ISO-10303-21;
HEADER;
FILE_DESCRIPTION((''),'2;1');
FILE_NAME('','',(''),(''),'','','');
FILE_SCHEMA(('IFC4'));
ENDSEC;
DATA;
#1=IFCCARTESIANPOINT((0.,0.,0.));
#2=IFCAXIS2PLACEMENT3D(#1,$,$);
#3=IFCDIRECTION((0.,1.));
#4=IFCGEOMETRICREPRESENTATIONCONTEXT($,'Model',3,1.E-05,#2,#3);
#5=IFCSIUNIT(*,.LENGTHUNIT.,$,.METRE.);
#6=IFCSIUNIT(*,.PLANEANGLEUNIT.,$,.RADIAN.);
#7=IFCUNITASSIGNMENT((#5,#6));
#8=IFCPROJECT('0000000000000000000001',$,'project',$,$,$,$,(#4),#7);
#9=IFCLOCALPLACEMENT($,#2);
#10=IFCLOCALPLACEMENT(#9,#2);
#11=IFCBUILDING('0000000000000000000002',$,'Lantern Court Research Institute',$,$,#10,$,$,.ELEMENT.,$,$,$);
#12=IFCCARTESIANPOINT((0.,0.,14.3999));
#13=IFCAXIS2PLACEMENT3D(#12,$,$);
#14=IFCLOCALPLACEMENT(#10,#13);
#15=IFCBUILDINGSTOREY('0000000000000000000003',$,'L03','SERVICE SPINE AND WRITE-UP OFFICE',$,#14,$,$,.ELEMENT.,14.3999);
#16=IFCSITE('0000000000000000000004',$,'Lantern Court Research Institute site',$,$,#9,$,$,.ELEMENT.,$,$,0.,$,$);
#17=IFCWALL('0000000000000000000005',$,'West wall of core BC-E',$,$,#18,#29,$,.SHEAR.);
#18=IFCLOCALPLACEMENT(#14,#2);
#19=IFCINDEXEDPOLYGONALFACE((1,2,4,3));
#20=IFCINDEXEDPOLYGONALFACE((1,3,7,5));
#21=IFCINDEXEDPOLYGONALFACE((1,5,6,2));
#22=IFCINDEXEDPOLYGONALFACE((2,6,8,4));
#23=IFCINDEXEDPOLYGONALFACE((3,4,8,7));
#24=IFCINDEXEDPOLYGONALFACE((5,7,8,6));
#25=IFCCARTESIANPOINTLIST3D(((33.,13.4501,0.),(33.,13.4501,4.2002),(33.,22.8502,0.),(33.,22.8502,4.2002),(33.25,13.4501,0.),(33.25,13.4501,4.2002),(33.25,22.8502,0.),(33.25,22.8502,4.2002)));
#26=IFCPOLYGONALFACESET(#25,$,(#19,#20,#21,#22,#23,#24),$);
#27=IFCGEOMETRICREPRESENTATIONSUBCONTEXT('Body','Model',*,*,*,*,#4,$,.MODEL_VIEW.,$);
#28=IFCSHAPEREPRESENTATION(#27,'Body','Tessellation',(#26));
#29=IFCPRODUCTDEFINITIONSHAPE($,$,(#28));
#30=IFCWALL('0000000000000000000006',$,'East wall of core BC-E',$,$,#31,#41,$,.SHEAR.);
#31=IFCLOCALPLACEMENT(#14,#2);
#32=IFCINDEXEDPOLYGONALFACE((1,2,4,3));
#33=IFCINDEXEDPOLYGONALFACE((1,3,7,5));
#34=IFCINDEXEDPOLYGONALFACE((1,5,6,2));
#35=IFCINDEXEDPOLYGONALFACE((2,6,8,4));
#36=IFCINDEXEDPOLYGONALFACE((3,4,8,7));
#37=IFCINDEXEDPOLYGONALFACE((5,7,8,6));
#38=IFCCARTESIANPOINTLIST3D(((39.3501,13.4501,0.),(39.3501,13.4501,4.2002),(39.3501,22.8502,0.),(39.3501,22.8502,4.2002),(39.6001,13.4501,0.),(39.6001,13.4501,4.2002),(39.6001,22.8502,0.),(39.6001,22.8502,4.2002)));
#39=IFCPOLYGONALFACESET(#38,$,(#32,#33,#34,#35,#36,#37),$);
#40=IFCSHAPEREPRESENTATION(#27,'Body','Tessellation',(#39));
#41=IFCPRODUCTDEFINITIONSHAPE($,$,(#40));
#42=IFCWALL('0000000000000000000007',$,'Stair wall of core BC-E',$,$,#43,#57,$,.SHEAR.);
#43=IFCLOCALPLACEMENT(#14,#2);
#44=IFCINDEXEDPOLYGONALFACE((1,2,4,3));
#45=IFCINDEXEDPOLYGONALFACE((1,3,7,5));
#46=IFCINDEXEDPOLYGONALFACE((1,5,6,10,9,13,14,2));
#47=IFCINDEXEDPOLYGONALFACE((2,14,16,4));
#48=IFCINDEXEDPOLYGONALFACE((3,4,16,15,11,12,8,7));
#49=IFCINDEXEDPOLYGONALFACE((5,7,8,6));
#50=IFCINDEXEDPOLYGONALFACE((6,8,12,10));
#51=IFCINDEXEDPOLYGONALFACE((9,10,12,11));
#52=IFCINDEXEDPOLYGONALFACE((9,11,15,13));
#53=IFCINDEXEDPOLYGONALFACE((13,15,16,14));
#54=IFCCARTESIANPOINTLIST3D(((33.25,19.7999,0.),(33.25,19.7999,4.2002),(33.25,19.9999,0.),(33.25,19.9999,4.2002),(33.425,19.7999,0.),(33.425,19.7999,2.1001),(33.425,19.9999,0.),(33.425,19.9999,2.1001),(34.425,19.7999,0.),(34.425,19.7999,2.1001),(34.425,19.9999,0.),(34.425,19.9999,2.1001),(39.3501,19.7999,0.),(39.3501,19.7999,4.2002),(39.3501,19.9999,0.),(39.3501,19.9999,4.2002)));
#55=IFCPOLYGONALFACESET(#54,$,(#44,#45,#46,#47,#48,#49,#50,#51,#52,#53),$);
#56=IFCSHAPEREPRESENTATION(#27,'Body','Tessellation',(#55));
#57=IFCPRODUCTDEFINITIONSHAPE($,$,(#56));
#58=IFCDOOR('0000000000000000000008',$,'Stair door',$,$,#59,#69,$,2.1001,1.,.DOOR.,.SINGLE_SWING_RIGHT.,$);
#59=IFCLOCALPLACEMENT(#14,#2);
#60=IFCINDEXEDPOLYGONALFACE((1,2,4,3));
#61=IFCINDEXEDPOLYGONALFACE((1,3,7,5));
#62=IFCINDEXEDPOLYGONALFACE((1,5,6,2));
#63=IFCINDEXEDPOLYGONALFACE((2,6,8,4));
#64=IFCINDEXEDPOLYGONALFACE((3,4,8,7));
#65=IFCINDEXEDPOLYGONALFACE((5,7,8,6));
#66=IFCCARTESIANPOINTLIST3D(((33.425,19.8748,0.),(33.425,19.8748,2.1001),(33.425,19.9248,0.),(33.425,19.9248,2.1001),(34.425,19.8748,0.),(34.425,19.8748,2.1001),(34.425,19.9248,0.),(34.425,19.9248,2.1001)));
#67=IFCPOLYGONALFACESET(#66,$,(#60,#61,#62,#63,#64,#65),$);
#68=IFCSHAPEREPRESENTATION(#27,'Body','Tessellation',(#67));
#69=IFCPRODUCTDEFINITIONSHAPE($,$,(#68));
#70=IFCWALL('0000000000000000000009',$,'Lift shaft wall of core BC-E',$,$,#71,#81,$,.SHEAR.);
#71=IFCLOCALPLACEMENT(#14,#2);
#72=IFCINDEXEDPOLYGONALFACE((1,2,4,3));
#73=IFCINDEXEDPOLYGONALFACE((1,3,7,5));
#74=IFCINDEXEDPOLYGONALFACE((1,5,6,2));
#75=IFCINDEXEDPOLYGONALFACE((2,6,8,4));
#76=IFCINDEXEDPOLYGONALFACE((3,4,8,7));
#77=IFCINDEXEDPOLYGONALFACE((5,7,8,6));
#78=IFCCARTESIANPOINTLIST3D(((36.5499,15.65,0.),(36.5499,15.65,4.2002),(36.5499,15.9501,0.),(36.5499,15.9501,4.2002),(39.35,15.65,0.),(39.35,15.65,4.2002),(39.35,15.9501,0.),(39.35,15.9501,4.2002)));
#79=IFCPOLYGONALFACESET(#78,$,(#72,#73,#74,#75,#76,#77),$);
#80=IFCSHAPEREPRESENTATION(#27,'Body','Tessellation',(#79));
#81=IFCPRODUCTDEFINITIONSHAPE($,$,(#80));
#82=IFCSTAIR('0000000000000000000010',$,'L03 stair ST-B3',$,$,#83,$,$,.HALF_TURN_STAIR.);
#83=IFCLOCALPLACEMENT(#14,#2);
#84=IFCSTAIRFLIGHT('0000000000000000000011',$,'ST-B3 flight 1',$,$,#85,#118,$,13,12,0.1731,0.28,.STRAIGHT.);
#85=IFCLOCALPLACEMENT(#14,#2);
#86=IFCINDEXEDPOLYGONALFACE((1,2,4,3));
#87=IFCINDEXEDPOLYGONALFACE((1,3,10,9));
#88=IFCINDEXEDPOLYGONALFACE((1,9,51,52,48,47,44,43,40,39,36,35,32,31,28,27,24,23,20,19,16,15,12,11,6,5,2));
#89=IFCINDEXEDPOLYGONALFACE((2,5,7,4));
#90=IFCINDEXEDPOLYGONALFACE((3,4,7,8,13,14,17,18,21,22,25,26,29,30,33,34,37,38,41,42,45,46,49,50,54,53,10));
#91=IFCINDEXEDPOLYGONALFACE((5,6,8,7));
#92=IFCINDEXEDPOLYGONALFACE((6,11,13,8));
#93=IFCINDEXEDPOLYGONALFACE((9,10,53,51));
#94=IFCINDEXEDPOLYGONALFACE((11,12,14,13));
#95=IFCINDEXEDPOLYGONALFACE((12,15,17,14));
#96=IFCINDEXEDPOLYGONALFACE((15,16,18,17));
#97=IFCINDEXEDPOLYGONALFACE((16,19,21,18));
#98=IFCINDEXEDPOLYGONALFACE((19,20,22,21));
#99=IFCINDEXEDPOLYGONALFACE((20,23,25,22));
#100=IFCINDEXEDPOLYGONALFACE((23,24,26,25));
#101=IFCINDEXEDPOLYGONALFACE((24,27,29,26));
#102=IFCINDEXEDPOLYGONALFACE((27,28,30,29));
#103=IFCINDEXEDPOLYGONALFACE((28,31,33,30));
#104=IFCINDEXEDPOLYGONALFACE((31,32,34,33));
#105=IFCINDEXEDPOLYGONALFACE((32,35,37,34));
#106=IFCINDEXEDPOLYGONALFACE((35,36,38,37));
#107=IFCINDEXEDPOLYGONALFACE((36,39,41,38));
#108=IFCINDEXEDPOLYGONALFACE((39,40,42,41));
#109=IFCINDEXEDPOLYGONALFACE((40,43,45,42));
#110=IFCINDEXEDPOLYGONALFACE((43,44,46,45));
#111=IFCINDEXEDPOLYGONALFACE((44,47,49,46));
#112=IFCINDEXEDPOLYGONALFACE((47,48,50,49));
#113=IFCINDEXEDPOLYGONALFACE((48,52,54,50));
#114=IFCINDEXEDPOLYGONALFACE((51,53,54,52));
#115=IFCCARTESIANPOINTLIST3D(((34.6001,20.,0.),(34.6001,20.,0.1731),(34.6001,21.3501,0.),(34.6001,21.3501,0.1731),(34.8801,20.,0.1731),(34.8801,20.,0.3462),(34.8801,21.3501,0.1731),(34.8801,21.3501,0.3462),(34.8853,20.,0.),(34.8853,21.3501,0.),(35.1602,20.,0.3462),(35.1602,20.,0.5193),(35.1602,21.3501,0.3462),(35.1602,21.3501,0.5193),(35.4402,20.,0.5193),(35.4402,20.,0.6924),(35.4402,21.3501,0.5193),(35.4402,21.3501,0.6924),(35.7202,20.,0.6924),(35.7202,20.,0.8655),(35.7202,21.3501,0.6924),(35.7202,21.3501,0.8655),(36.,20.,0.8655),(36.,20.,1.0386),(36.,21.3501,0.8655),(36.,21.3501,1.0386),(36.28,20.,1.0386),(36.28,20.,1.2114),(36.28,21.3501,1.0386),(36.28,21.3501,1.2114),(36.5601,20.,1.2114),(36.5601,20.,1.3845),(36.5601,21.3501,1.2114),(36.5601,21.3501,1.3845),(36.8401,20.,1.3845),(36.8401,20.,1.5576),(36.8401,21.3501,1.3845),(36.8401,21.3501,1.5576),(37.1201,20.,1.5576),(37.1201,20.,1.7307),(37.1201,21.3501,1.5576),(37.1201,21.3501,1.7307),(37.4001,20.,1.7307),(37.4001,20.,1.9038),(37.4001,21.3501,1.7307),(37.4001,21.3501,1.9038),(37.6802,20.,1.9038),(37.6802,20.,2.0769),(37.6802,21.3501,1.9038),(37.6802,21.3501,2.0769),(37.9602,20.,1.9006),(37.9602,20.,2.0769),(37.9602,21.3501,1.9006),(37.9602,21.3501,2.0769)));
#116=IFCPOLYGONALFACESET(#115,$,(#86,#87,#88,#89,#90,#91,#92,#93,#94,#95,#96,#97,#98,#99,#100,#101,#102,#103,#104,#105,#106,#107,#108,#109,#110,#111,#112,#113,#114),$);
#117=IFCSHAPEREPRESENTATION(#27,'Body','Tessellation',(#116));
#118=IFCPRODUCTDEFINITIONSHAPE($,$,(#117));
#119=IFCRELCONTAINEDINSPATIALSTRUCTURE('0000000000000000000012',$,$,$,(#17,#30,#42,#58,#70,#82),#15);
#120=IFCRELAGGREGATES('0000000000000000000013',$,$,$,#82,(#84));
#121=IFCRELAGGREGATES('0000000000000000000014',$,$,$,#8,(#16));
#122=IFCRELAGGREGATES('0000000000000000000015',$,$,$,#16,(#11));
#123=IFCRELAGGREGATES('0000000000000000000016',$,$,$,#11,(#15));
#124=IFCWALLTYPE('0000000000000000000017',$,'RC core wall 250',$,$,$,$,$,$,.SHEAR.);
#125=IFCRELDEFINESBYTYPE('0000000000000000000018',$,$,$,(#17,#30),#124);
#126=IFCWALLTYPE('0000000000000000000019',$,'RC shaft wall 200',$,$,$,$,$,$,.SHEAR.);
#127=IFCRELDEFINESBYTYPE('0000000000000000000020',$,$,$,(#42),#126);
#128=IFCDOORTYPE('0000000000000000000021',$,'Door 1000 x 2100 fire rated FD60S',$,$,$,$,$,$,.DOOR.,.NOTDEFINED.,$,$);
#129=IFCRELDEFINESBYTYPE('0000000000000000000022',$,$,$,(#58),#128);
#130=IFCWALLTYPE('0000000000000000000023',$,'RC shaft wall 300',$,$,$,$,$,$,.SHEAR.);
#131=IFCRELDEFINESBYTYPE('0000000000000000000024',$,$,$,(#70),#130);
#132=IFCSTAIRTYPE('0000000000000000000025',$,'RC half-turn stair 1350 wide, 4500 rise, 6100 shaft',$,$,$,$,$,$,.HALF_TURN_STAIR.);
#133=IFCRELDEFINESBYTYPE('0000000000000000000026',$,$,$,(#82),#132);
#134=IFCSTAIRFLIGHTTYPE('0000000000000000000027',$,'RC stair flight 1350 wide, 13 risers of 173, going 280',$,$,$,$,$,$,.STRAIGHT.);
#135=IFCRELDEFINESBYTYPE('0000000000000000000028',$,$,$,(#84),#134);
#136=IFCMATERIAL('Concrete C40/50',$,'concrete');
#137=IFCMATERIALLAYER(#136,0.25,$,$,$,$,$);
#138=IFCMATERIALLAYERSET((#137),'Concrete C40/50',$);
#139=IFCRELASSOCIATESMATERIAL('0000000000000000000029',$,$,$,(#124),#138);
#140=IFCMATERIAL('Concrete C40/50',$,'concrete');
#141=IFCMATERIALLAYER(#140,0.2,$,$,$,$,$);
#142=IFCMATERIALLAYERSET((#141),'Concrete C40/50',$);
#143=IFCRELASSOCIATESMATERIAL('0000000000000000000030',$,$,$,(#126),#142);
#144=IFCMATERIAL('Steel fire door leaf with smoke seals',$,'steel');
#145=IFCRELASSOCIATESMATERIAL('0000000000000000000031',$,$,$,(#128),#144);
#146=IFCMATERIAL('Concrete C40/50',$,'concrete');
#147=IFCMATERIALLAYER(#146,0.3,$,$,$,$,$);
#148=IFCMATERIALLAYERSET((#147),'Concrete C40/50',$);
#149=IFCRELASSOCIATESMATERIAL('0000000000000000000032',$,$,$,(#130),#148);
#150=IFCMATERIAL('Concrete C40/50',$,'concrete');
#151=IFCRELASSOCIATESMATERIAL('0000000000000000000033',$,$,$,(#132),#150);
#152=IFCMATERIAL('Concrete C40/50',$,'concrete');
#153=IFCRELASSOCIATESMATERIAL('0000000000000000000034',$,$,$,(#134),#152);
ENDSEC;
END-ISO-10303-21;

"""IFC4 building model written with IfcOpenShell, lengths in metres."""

from ifc_helpers import new_model, si_unit, direction, frame, frame_2d, origin, place, context, subcontext, project, spatial, polyline, rectangle, outline, extrude, material, layer, layer_set, type_object, element, fill, aggregate, save


model = new_model("IFC4")

# Units and contexts
model_context = context("Model", 3, precision=1e-05, world=origin(), true_north=direction((0.0, 1.0)))
body_context = subcontext(model_context, "Body", "Model", "MODEL_VIEW")
ifc_project = project(units=[si_unit("LENGTHUNIT", "METRE"), si_unit("PLANEANGLEUNIT", "RADIAN")], contexts=[model_context])

# Site, building, storey
site_placement = place(None, origin())
site = spatial("IfcSite", under=ifc_project, at=site_placement, Name="Lantern Court Research Institute site", CompositionType="ELEMENT", RefElevation=0.0)
building_placement = place(site_placement, origin())
building = spatial("IfcBuilding", under=site, at=building_placement, Name="Lantern Court Research Institute", CompositionType="ELEMENT")
storey_placement = place(building_placement, frame((0.0, 0.0, 14.3999)))
storey = spatial("IfcBuildingStorey", under=building, at=storey_placement, Name="L03", Description="SERVICE SPINE AND WRITE-UP OFFICE", CompositionType="ELEMENT", Elevation=14.3999)

# Shared definitions
ifc_material_1 = material(Name="Concrete C40/50", Category="concrete")
ifc_layer_1 = layer(ifc_material_1, 0.25)
ifc_layer_set_1 = layer_set([ifc_layer_1], Name="Concrete C40/50")
wall_type_1 = type_object("IfcWallType", Name="RC core wall 250", PredefinedType="SHEAR", material=ifc_layer_set_1)

# Walls
for number, where, z_axis, x_axis, name in (
    (1, (33.125, 13.45, 0.0), (0.0, 0.0, 1.0), (0.0, 1.0, 0.0), "West wall of core BC-E"),
    (2, (39.4751, 13.45, 0.0), (0.0, 0.0, 1.0), (0.0, 1.0, 0.0), "East wall of core BC-E"),
):
    element("IfcWall", number, at=place(storey_placement, frame(where, z_axis=z_axis, x_axis=x_axis)), inside=storey, type_object=wall_type_1, Name=name, PredefinedType="SHEAR", context=body_context, shape_type="SweptSolid", body=[
        extrude(rectangle(XDim=9.4001, YDim=0.25, at=frame_2d((4.7002, 0.0))), origin(), (0.0, 0.0, 1.0), 4.2002),
    ])

# Wall, opening, door
ifc_material_2 = material(Name="Concrete C40/50", Category="concrete")
ifc_layer_2 = layer(ifc_material_2, 0.2)
ifc_layer_set_2 = layer_set([ifc_layer_2], Name="Concrete C40/50")
wall_type_2 = type_object("IfcWallType", Name="RC shaft wall 200", PredefinedType="SHEAR", material=ifc_layer_set_2)
wall_1_placement = place(storey_placement, frame((33.25, 19.8999, 0.0), z_axis=(0.0, 0.0, 1.0), x_axis=(1.0, 0.0, 0.0)))
wall_1 = element("IfcWall", 3, at=wall_1_placement, inside=storey, type_object=wall_type_2, Name="Stair wall of core BC-E", PredefinedType="SHEAR", context=body_context, shape_type="SweptSolid", body=[
    extrude(rectangle(XDim=6.1001, YDim=0.2, at=frame_2d((3.05, 0.0))), origin(), (0.0, 0.0, 1.0), 4.2002),
])
opening_1_placement = place(wall_1_placement, frame((0.175, 0.0, 0.0)))
opening_1 = element("IfcOpeningElement", 4, at=opening_1_placement, cuts=wall_1, PredefinedType="OPENING", context=body_context, shape_type="SweptSolid", body=[
    extrude(rectangle(XDim=1.0, YDim=2.1001, at=frame_2d((0.5, 1.05))), frame((0.0, 0.1099, 0.0), z_axis=(0.0, -1.0, 0.0), x_axis=(1.0, 0.0, 0.0)), (0.0, 0.0, 1.0), 0.22),
])
ifc_material_3 = material(Name="Steel fire door leaf with smoke seals", Category="steel")
door_type_1 = type_object("IfcDoorType", Name="Door 1000 x 2100 fire rated FD60S", OperationType="NOTDEFINED", PredefinedType="DOOR", material=ifc_material_3)
door_1_placement = place(opening_1_placement, origin())
door_1 = element("IfcDoor", 5, at=door_1_placement, inside=storey, type_object=door_type_1, Name="Stair door", OperationType="SINGLE_SWING_RIGHT", OverallHeight=2.1001, OverallWidth=1.0, PredefinedType="DOOR", context=body_context, shape_type="SweptSolid", body=[
    extrude(rectangle(XDim=1.0, YDim=2.1001, at=frame_2d((0.5, 1.05))), frame((0.0, 0.0249, 0.0), z_axis=(0.0, -1.0, 0.0), x_axis=(1.0, 0.0, 0.0)), (0.0, 0.0, 1.0), 0.05),
])
fill(opening_1, door_1)

# Shared definitions
ifc_material_4 = material(Name="Concrete C40/50", Category="concrete")
ifc_layer_3 = layer(ifc_material_4, 0.3)
ifc_layer_set_3 = layer_set([ifc_layer_3], Name="Concrete C40/50")
wall_type_3 = type_object("IfcWallType", Name="RC shaft wall 300", PredefinedType="SHEAR", material=ifc_layer_set_3)

# Wall
wall_2_placement = place(storey_placement, frame((36.55, 15.8, 0.0), z_axis=(0.0, 0.0, 1.0), x_axis=(1.0, 0.0, 0.0)))
element("IfcWall", 6, at=wall_2_placement, inside=storey, type_object=wall_type_3, Name="Lift shaft wall of core BC-E", PredefinedType="SHEAR", context=body_context, shape_type="SweptSolid", body=[
    extrude(rectangle(XDim=2.8, YDim=0.3, at=frame_2d((1.3999, 0.0))), origin(), (0.0, 0.0, 1.0), 4.2002),
])

# Stair, stair flight
ifc_material_5 = material(Name="Concrete C40/50", Category="concrete")
stair_type = type_object("IfcStairType", Name="RC half-turn stair 1350 wide, 4500 rise, 6100 shaft", PredefinedType="HALF_TURN_STAIR", material=ifc_material_5)
stair_placement = place(storey_placement, origin())
stair = element("IfcStair", 7, at=stair_placement, inside=storey, type_object=stair_type, Name="L03 stair ST-B3", PredefinedType="HALF_TURN_STAIR")
ifc_material_6 = material(Name="Concrete C40/50", Category="concrete")
stair_flight_type = type_object("IfcStairFlightType", Name="RC stair flight 1350 wide, 13 risers of 173, going 280", PredefinedType="STRAIGHT", material=ifc_material_6)
stair_flight_placement = place(storey_placement, frame((34.6001, 20.675, 0.0), z_axis=(0.0, 0.0, 1.0), x_axis=(1.0, 0.0, 0.0)))
stair_flight = element("IfcStairFlight", 8, at=stair_flight_placement, type_object=stair_flight_type, Name="ST-B3 flight 1", NumberOfRisers=13, NumberOfTreads=12, PredefinedType="STRAIGHT", RiserHeight=0.1731, TreadLength=0.28, context=body_context, shape_type="SweptSolid", body=[
    extrude(outline(polyline([(0.0, 0.0), (0.0, 0.1731), (0.28, 0.1731), (0.28, 0.3462), (0.5601, 0.3462), (0.5601, 0.5193), (0.8401, 0.5193), (0.8401, 0.6924), (1.1201, 0.6924), (1.1201, 0.8655), (1.3999, 0.8655), (1.3999, 1.0386), (1.6799, 1.0386), (1.6799, 1.2114), (1.96, 1.2114), (1.96, 1.3845), (2.24, 1.3845), (2.24, 1.5576), (2.52, 1.5576), (2.52, 1.7307), (2.8, 1.7307), (2.8, 1.9038), (3.0801, 1.9038), (3.0801, 2.0769), (3.3601, 2.0769), (3.3601, 2.25), (3.3601, 1.9006), (0.2852, 0.0), (0.0, 0.0)])), frame((0.0, 0.675, 0.0), z_axis=(0.0, -1.0, 0.0), x_axis=(1.0, 0.0, 0.0)), (0.0, 0.0, 1.0), 1.3501),
])
aggregate(stair, [stair_flight])

save(model, "model.ifc")
